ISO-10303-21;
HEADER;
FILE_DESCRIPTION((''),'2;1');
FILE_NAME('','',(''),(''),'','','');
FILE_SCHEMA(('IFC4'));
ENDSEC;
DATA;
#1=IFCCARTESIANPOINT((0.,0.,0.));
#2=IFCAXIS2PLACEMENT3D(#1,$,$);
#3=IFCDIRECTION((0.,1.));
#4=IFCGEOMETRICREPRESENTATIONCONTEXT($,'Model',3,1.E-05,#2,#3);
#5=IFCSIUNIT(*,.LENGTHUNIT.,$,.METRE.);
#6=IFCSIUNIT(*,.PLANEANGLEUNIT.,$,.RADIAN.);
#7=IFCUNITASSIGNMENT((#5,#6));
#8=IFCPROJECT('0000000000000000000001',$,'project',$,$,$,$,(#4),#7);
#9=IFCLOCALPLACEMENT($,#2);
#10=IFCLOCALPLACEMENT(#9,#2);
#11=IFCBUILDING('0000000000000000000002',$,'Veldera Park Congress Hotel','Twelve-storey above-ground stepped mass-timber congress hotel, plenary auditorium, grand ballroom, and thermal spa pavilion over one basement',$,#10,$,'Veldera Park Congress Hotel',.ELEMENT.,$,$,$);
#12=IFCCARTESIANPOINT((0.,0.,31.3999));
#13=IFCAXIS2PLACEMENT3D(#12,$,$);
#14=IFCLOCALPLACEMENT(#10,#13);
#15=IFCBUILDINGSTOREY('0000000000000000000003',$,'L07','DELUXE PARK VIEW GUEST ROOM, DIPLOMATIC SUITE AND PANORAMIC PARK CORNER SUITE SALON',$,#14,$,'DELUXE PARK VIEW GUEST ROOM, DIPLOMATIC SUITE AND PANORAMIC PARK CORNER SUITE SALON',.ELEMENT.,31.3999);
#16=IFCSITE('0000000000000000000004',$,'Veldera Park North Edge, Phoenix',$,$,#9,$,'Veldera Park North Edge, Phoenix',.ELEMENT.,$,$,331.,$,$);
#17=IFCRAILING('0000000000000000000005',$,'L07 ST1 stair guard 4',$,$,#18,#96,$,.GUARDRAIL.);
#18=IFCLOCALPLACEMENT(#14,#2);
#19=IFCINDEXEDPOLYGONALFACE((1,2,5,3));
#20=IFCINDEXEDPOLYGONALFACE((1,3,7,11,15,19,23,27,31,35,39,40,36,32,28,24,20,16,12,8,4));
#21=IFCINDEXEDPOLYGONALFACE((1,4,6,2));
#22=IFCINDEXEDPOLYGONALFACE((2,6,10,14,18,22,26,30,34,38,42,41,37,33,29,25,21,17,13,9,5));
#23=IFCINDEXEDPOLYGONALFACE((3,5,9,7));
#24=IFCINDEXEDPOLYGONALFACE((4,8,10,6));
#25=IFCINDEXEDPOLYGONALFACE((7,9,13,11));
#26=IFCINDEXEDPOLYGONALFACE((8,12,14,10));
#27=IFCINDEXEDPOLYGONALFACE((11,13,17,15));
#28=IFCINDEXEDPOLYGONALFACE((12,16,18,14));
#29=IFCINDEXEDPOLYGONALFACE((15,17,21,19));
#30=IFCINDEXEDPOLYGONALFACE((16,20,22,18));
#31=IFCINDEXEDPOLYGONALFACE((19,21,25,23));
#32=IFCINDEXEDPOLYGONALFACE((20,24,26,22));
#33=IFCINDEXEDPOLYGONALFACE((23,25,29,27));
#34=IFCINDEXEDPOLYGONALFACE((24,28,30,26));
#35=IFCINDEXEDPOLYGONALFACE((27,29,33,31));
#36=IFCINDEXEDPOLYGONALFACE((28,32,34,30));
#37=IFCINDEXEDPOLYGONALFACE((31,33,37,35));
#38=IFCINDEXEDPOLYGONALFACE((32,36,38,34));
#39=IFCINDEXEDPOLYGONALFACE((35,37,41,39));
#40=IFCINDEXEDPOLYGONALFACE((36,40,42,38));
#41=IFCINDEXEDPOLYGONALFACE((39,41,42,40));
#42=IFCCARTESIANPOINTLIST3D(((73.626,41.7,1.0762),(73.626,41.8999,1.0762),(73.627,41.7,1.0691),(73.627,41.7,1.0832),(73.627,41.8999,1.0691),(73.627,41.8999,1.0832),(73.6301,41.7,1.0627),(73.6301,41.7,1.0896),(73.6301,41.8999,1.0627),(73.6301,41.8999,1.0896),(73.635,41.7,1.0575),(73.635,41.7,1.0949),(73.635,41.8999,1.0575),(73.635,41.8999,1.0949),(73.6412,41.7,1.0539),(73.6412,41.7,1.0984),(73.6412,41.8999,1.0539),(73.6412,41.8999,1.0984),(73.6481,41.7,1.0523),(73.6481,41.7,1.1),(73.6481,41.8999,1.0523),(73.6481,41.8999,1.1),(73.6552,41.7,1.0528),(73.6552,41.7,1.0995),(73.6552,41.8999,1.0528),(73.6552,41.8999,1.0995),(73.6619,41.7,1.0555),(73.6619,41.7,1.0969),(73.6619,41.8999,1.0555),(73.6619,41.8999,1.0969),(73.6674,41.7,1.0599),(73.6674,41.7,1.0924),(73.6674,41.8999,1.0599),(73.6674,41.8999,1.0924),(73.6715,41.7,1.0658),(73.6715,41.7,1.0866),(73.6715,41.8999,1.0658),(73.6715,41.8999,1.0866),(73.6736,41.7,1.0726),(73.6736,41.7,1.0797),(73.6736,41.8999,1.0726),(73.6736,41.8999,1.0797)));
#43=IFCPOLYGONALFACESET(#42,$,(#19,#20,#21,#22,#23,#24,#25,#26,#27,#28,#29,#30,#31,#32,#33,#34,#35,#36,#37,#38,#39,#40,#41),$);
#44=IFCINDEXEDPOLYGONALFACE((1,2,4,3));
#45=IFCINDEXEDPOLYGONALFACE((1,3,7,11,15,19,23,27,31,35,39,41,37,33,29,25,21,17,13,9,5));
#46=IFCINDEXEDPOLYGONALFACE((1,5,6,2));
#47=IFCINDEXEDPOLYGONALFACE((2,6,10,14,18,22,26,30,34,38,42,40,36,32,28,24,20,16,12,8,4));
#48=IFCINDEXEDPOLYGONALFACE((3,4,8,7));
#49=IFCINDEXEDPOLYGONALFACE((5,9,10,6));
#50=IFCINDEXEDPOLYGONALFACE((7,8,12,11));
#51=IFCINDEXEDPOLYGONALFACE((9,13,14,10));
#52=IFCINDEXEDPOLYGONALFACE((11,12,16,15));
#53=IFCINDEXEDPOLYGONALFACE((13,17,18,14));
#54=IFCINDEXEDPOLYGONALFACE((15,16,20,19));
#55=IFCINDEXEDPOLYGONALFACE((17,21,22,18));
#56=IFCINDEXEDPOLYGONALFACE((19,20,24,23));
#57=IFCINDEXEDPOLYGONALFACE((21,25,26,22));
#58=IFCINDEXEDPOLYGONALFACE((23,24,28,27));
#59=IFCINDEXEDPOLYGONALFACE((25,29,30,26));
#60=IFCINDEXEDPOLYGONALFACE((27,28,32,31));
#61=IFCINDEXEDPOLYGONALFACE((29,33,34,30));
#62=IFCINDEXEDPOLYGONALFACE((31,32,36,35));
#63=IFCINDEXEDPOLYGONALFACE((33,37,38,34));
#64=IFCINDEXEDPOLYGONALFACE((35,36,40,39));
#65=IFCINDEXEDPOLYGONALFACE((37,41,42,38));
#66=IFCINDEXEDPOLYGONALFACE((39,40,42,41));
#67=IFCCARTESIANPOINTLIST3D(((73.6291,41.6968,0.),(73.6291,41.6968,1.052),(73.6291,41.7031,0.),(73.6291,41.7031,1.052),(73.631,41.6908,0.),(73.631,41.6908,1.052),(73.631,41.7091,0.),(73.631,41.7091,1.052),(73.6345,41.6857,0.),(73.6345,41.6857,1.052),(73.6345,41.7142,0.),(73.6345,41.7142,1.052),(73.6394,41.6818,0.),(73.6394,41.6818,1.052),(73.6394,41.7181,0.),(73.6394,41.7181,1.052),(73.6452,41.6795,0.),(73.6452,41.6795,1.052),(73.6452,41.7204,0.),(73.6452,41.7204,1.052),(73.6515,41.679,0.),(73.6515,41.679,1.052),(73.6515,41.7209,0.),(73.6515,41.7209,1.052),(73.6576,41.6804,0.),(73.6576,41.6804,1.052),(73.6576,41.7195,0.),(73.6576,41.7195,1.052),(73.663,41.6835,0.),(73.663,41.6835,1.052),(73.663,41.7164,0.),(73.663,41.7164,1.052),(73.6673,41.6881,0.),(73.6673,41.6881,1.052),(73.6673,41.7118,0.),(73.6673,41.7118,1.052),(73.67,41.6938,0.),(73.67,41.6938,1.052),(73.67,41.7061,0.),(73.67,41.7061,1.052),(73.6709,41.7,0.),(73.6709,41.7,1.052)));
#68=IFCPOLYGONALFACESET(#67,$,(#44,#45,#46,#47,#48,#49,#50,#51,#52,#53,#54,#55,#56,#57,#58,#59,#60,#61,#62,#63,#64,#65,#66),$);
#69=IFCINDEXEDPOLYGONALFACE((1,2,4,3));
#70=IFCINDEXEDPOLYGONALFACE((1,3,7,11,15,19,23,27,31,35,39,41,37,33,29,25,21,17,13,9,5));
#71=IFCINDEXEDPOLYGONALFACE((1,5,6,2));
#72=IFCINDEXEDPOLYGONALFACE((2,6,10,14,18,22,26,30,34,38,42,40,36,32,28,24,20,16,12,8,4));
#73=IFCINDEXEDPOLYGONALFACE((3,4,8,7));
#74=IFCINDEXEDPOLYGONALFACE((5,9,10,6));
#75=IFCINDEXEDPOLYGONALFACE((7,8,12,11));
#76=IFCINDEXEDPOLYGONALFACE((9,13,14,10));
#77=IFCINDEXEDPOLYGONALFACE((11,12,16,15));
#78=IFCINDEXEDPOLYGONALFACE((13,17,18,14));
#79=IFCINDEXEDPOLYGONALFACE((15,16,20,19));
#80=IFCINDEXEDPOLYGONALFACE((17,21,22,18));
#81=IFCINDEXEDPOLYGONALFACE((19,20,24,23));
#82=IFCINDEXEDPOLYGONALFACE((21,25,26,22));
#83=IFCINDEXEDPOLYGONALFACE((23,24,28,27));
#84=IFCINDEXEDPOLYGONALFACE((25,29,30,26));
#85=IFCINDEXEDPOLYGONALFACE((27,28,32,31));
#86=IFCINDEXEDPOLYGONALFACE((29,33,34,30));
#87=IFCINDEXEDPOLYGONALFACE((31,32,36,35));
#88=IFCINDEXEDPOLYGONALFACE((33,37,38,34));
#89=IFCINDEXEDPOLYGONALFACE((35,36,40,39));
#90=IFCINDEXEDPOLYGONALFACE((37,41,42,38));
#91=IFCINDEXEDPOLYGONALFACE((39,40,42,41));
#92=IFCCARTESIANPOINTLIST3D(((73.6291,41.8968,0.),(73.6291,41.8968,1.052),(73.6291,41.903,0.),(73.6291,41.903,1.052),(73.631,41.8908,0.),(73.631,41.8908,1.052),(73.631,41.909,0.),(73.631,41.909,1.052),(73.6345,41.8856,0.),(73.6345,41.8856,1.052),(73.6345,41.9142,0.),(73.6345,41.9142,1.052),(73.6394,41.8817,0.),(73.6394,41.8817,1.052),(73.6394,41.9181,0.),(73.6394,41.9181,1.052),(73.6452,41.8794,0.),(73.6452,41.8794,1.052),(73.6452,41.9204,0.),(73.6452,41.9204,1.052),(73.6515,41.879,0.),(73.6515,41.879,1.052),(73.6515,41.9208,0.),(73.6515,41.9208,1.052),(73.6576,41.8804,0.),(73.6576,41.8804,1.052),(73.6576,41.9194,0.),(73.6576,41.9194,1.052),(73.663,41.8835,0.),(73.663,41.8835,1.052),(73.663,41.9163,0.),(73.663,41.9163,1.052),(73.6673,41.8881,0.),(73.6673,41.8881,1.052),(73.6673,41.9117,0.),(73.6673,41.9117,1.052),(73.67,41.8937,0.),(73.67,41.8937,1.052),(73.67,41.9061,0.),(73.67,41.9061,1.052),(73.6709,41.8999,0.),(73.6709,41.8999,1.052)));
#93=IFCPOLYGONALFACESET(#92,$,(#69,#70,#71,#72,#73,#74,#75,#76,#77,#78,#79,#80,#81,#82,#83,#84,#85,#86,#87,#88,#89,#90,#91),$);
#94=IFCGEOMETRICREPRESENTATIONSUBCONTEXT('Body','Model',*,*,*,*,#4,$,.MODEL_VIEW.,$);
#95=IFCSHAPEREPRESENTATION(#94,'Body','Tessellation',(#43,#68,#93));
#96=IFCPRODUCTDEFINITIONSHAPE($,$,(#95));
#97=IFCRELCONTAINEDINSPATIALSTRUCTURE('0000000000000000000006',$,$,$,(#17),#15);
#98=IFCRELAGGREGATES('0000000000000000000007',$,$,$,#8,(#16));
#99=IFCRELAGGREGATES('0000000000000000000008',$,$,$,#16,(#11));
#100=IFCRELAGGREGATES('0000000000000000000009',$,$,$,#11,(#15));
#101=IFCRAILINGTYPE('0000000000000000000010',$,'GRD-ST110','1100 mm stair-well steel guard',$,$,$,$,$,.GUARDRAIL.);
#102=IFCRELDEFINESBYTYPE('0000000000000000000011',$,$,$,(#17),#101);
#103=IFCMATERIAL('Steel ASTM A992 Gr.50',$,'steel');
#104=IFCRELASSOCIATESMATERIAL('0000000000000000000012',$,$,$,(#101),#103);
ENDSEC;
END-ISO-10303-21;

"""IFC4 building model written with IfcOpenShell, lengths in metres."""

from ifc_helpers import new_model, si_unit, direction, frame, origin, origin_2d, place, context, subcontext, project, spatial, circle, extrude, material, type_object, element, save


model = new_model("IFC4")

# Units and contexts
model_context = context("Model", 3, precision=1e-05, world=origin(), true_north=direction((0.0, 1.0)))
body_context = subcontext(model_context, "Body", "Model", "MODEL_VIEW")
ifc_project = project(units=[si_unit("LENGTHUNIT", "METRE"), si_unit("PLANEANGLEUNIT", "RADIAN")], contexts=[model_context])

# Site, building, storey
site_placement = place(None, origin())
site = spatial("IfcSite", under=ifc_project, at=site_placement, Name="Veldera Park North Edge, Phoenix", LongName="Veldera Park North Edge, Phoenix", CompositionType="ELEMENT", RefElevation=331.0)
building_placement = place(site_placement, origin())
building = spatial("IfcBuilding", under=site, at=building_placement, Name="Veldera Park Congress Hotel", Description="Twelve-storey above-ground stepped mass-timber congress hotel, plenary auditorium, grand ballroom, and thermal spa pavilion over one basement", LongName="Veldera Park Congress Hotel", CompositionType="ELEMENT")
storey_placement = place(building_placement, frame((0.0, 0.0, 31.3999)))
storey = spatial("IfcBuildingStorey", under=building, at=storey_placement, Name="L07", Description="DELUXE PARK VIEW GUEST ROOM, DIPLOMATIC SUITE AND PANORAMIC PARK CORNER SUITE SALON", LongName="DELUXE PARK VIEW GUEST ROOM, DIPLOMATIC SUITE AND PANORAMIC PARK CORNER SUITE SALON", CompositionType="ELEMENT", Elevation=31.3999)

# Railing
ifc_material_1 = material(Name="Steel ASTM A992 Gr.50", Category="steel")
railing_type_1 = type_object("IfcRailingType", Name="GRD-ST110", Description="1100 mm stair-well steel guard", PredefinedType="GUARDRAIL", material=ifc_material_1)
railing_1_placement = place(storey_placement, frame((73.6499, 41.7, 0.0)))
element("IfcRailing", 1, at=railing_1_placement, inside=storey, type_object=railing_type_1, Name="L07 ST1 stair guard 4", PredefinedType="GUARDRAIL", context=body_context, shape_type="SweptSolid", body=[
    extrude(circle(Radius=0.0239, at=origin_2d()), frame((0.0, 0.0, 1.0762), z_axis=(0.0, 1.0, 0.0), x_axis=(-1.0, 0.0, 0.0)), (0.0, 0.0, 1.0), 0.2),
    extrude(circle(Radius=0.021, at=origin_2d()), origin(), (0.0, 0.0, 1.0), 1.052),
    extrude(circle(Radius=0.021, at=origin_2d()), frame((0.0, 0.2, 0.0)), (0.0, 0.0, 1.0), 1.052),
])

save(model, "model.ifc")
